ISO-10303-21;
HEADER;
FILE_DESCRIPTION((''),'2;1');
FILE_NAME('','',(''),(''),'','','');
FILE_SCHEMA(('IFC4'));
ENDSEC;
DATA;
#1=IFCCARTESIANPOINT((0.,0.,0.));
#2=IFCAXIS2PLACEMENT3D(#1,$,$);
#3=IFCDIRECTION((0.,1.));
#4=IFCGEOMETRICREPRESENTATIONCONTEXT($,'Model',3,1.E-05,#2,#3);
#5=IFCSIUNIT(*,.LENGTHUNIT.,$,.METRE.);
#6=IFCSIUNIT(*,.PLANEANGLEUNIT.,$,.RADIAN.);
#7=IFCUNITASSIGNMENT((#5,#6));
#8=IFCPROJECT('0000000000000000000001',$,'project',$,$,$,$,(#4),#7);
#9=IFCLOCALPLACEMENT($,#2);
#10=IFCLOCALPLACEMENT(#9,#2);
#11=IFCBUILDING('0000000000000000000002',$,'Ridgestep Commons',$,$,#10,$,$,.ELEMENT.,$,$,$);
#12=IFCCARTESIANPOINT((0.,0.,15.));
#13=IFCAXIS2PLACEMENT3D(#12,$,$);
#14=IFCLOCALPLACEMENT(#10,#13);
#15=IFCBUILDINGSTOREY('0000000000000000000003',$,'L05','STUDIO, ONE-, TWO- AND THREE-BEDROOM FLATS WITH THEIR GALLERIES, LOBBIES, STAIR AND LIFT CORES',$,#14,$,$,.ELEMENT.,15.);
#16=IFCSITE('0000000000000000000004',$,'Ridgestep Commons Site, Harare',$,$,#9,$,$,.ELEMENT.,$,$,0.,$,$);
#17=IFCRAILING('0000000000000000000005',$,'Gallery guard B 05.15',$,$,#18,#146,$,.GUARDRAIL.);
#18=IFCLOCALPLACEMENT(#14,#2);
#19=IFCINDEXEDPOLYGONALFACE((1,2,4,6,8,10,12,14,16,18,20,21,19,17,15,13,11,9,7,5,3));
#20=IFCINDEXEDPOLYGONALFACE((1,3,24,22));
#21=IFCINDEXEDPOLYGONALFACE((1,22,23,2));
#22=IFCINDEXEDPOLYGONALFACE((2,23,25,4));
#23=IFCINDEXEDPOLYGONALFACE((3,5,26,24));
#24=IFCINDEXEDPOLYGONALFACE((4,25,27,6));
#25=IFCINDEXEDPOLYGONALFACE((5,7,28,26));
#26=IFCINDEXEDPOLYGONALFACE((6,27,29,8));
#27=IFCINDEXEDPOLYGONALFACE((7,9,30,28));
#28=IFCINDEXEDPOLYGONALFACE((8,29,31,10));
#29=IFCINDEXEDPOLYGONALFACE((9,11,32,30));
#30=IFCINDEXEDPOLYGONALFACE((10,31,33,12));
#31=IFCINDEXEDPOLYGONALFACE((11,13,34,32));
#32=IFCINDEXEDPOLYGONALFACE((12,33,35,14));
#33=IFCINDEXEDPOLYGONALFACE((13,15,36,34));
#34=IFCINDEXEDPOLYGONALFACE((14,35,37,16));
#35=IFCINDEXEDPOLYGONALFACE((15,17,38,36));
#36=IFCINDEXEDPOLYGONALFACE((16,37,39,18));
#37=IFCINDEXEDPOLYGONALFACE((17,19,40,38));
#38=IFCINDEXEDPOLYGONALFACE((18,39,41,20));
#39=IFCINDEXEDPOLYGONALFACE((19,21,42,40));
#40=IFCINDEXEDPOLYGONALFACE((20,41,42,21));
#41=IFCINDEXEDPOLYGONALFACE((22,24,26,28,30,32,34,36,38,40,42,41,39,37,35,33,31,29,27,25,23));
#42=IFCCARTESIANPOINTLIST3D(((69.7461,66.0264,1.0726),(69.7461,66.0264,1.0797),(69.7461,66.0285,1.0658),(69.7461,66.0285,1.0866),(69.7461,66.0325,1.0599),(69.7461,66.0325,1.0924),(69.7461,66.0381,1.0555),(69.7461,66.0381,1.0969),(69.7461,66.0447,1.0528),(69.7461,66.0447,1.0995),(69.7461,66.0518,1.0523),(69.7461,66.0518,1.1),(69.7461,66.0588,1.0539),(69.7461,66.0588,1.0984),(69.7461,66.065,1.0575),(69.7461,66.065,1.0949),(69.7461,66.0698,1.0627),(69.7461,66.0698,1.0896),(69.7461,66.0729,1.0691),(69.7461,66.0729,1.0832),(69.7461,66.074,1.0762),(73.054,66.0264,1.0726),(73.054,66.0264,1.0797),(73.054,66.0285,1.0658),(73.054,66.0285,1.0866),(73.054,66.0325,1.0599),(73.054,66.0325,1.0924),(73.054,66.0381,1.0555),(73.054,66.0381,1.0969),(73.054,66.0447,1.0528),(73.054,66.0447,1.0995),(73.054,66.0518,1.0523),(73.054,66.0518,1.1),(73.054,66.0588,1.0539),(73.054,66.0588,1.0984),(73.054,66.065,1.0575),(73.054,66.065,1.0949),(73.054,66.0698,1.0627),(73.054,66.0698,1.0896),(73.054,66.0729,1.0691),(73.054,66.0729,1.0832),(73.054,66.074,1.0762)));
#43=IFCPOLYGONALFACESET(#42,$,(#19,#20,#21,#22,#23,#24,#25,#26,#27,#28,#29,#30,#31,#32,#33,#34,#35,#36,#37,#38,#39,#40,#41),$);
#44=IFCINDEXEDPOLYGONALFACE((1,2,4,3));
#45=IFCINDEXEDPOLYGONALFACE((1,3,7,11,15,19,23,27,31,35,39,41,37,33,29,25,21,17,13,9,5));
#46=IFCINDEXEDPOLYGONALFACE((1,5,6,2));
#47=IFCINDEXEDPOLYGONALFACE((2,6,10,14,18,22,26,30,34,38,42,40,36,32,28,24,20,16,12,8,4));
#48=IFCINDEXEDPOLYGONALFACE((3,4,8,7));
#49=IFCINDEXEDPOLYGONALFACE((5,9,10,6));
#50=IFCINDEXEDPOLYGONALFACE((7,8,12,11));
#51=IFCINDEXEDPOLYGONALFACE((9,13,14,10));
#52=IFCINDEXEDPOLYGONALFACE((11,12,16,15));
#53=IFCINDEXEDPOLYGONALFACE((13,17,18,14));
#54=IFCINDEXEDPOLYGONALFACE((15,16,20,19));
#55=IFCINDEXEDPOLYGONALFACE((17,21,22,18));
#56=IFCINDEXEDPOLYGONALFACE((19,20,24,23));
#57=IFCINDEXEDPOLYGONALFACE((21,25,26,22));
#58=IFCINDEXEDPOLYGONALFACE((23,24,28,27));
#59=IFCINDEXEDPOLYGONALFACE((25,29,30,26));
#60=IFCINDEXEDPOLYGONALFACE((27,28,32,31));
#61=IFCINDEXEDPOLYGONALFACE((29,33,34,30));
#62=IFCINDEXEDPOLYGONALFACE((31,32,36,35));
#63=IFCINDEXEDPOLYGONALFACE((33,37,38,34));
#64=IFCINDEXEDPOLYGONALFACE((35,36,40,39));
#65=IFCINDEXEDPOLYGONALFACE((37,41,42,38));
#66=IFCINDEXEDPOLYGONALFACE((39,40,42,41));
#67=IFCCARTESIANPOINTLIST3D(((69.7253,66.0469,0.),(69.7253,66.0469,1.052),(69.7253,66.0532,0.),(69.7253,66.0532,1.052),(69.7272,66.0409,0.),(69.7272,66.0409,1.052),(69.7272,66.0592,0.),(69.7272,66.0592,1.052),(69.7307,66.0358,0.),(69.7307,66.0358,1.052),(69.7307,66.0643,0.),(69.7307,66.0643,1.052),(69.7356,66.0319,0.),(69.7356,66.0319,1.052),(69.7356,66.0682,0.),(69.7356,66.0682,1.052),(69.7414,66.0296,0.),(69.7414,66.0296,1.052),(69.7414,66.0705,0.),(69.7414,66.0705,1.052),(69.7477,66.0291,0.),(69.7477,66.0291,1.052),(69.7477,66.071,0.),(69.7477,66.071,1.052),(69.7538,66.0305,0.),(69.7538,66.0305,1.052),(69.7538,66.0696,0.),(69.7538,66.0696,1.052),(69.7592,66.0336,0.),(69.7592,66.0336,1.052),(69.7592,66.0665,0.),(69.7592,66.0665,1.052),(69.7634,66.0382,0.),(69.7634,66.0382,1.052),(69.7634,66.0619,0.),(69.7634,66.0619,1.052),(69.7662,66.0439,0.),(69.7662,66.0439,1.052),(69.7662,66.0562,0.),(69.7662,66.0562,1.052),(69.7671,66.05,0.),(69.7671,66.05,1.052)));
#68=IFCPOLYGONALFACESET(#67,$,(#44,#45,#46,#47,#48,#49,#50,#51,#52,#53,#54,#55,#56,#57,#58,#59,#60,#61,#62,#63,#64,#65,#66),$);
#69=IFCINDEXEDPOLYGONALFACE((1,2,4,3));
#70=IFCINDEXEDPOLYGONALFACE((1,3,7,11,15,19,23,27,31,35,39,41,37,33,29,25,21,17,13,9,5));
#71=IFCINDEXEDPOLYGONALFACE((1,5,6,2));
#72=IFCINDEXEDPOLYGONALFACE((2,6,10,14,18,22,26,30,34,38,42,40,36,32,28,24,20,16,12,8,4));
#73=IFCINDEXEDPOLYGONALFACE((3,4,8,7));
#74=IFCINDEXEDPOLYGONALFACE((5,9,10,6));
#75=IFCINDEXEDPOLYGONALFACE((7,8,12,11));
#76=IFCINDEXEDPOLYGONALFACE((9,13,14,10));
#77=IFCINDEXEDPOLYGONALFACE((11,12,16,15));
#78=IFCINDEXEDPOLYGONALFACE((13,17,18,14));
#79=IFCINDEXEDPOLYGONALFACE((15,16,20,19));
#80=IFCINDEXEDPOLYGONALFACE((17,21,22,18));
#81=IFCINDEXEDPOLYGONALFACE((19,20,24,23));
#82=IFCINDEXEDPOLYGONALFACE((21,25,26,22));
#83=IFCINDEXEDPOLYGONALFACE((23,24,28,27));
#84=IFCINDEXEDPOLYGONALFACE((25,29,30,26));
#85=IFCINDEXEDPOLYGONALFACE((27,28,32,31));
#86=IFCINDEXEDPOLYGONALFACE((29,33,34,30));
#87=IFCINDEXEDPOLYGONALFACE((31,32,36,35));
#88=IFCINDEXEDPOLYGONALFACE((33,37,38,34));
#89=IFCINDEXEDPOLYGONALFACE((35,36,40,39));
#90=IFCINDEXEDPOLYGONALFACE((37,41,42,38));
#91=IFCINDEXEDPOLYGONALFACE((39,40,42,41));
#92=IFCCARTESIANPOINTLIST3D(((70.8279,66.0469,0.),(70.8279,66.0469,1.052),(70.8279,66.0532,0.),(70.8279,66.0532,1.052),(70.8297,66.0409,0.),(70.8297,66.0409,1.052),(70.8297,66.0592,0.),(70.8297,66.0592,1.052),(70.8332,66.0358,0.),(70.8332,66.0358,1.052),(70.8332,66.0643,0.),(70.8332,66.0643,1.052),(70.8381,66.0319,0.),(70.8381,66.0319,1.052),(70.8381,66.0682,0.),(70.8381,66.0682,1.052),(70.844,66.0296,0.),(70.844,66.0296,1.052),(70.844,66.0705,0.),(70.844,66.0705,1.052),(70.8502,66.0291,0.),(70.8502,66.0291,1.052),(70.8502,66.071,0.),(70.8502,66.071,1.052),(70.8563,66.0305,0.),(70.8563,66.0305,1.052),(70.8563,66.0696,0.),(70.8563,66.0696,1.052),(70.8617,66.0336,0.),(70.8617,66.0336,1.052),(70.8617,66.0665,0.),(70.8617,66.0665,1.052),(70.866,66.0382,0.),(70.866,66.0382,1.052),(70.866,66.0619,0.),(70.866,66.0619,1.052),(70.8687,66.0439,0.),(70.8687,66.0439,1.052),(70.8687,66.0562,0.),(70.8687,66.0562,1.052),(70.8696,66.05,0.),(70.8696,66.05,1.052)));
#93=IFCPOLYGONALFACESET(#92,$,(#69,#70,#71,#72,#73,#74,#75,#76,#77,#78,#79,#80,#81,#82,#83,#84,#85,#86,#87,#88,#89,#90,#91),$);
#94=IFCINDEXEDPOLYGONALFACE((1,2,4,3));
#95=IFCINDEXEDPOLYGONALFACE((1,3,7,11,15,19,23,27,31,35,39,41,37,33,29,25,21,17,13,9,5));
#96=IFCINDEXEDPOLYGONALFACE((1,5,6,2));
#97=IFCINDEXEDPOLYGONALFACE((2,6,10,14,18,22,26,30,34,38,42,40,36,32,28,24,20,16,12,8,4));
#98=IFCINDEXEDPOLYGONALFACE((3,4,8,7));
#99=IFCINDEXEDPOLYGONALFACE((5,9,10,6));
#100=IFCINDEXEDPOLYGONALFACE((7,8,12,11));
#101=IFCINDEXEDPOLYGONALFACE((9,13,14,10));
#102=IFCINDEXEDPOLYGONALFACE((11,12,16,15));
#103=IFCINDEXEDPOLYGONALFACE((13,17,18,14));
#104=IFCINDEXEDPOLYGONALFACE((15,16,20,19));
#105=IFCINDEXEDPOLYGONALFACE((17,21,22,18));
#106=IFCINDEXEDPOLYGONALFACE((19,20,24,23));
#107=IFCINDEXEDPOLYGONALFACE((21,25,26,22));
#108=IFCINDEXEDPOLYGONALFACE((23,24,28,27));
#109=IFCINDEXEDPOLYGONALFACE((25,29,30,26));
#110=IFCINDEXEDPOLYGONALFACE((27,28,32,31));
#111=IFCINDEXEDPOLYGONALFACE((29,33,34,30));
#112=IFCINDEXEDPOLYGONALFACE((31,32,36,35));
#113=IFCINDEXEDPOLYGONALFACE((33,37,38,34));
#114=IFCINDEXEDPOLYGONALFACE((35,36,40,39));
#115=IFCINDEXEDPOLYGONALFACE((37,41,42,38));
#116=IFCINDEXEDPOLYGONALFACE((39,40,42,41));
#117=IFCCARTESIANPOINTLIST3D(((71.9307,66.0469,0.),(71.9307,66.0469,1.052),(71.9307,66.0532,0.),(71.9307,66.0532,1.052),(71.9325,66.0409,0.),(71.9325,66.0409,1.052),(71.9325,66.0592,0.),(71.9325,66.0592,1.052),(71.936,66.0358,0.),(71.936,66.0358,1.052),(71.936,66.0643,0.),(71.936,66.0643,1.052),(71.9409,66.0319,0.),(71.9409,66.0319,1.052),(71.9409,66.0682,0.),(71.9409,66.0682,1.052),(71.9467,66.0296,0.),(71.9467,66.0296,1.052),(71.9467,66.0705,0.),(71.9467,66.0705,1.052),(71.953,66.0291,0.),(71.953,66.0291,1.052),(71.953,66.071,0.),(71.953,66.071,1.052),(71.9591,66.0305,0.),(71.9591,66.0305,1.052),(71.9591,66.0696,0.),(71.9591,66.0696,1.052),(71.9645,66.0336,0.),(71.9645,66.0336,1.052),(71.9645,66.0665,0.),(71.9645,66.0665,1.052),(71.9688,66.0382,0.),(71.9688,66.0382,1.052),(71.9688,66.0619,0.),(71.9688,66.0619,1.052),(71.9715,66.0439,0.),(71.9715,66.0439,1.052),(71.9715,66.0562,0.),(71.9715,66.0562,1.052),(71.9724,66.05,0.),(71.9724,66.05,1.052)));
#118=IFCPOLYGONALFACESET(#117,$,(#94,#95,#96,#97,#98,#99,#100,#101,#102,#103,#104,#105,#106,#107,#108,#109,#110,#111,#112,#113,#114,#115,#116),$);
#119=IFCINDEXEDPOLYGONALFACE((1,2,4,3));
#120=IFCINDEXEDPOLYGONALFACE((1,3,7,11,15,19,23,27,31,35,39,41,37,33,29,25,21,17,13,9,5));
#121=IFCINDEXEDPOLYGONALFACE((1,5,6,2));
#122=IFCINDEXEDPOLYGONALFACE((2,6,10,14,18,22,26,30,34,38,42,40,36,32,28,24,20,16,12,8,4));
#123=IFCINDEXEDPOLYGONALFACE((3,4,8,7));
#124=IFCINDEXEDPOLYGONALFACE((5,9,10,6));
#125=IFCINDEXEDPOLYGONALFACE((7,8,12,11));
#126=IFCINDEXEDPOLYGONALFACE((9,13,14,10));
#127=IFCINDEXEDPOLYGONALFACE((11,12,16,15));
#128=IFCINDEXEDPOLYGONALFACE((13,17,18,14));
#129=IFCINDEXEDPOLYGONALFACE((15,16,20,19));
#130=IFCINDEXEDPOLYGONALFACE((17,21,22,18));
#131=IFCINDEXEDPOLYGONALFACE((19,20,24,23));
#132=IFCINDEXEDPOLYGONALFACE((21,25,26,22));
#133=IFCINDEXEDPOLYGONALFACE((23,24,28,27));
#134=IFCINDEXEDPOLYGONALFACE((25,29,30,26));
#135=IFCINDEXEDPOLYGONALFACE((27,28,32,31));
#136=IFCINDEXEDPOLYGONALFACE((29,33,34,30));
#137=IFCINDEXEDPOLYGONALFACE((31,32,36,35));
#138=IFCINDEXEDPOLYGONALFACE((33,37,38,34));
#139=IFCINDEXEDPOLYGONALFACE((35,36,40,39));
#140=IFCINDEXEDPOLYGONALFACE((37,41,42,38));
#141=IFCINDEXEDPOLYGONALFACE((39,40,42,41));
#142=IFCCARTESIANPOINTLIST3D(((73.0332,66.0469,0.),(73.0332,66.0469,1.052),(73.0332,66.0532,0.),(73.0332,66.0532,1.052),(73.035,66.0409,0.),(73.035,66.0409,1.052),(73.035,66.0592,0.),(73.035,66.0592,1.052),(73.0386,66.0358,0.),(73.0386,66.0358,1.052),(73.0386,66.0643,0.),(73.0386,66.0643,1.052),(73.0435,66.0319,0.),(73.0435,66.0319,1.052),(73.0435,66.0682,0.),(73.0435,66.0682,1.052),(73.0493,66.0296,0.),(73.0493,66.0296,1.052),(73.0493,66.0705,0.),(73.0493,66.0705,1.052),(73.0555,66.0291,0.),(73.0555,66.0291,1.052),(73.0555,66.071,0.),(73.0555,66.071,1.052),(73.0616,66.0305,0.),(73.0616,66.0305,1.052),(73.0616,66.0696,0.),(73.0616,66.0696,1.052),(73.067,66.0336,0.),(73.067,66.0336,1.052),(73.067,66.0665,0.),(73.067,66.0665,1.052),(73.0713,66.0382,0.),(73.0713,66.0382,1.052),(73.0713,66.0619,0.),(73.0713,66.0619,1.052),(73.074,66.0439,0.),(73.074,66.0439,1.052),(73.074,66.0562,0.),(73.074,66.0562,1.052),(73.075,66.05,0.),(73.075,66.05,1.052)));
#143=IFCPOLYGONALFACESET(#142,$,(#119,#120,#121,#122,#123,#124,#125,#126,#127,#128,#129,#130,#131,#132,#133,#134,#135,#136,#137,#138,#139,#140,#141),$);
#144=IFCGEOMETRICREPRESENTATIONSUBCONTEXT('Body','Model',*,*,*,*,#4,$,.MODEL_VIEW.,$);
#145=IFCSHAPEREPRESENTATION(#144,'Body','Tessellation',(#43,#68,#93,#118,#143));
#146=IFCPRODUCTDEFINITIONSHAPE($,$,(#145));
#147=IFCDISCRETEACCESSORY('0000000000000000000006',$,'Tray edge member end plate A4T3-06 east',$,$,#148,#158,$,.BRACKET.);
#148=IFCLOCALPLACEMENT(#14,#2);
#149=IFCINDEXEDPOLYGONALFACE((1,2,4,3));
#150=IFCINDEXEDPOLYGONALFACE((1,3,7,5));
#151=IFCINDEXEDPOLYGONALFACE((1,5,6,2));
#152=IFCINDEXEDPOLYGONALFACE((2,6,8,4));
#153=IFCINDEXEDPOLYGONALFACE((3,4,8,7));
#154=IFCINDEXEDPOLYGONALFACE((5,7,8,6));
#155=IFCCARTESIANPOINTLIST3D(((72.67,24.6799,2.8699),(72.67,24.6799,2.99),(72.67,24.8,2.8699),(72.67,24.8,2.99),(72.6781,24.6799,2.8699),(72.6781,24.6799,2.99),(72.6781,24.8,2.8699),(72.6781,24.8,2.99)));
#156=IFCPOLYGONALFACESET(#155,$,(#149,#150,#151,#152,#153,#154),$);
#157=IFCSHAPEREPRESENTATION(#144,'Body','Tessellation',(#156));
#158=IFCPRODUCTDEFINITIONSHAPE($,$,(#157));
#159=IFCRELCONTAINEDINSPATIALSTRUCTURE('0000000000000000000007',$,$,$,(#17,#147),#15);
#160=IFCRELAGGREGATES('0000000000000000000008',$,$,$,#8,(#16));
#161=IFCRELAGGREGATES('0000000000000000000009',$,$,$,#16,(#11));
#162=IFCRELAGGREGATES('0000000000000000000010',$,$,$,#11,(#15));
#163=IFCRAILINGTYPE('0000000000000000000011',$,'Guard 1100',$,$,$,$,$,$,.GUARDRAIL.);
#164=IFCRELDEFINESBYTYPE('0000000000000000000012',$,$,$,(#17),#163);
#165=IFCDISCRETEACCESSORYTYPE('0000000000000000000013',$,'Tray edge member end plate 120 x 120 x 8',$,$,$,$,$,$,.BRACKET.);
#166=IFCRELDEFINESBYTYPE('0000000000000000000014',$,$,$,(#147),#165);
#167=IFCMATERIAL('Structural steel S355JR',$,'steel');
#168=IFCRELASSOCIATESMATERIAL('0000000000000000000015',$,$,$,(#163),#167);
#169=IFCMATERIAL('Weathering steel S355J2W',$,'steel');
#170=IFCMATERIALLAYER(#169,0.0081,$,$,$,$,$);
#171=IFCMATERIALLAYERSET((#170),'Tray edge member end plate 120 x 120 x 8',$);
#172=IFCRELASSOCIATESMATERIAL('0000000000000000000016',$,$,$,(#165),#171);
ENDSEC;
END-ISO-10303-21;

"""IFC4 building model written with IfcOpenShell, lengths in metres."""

from ifc_helpers import new_model, si_unit, direction, frame, origin, origin_2d, place, context, subcontext, project, spatial, rectangle, circle, extrude, material, layer, layer_set, type_object, element, save


model = new_model("IFC4")

# Units and contexts
model_context = context("Model", 3, precision=1e-05, world=origin(), true_north=direction((0.0, 1.0)))
body_context = subcontext(model_context, "Body", "Model", "MODEL_VIEW")
ifc_project = project(units=[si_unit("LENGTHUNIT", "METRE"), si_unit("PLANEANGLEUNIT", "RADIAN")], contexts=[model_context])

# Site, building, storey
site_placement = place(None, origin())
site = spatial("IfcSite", under=ifc_project, at=site_placement, Name="Ridgestep Commons Site, Harare", CompositionType="ELEMENT", RefElevation=0.0)
building_placement = place(site_placement, origin())
building = spatial("IfcBuilding", under=site, at=building_placement, Name="Ridgestep Commons", CompositionType="ELEMENT")
storey_placement = place(building_placement, frame((0.0, 0.0, 15.0)))
storey = spatial("IfcBuildingStorey", under=building, at=storey_placement, Name="L05", Description="STUDIO, ONE-, TWO- AND THREE-BEDROOM FLATS WITH THEIR GALLERIES, LOBBIES, STAIR AND LIFT CORES", CompositionType="ELEMENT", Elevation=15.0)

# Railing
ifc_material_1 = material(Name="Structural steel S355JR", Category="steel")
railing_type = type_object("IfcRailingType", Name="Guard 1100", PredefinedType="GUARDRAIL", material=ifc_material_1)
railing_1_placement = place(storey_placement, frame((69.7461, 66.05, 0.0)))
element("IfcRailing", 1, at=railing_1_placement, inside=storey, type_object=railing_type, Name="Gallery guard B 05.15", PredefinedType="GUARDRAIL", context=body_context, shape_type="SweptSolid", body=[
    extrude(circle(Radius=0.0239, at=origin_2d()), frame((0.0, 0.0, 1.0762), z_axis=(1.0, 0.0, 0.0), x_axis=(0.0, 1.0, 0.0)), (0.0, 0.0, 1.0), 3.3079),
    extrude(circle(Radius=0.021, at=origin_2d()), origin(), (0.0, 0.0, 1.0), 1.052),
    extrude(circle(Radius=0.021, at=origin_2d()), frame((1.1025, 0.0, 0.0)), (0.0, 0.0, 1.0), 1.052),
    extrude(circle(Radius=0.021, at=origin_2d()), frame((2.2053, 0.0, 0.0)), (0.0, 0.0, 1.0), 1.052),
    extrude(circle(Radius=0.021, at=origin_2d()), frame((3.3079, 0.0, 0.0)), (0.0, 0.0, 1.0), 1.052),
])

# Discrete accessory
ifc_material_2 = material(Name="Weathering steel S355J2W", Category="steel")
ifc_layer_1 = layer(ifc_material_2, 0.0081)
ifc_layer_set_1 = layer_set([ifc_layer_1], Name="Tray edge member end plate 120 x 120 x 8")
discrete_accessory_type = type_object("IfcDiscreteAccessoryType", Name="Tray edge member end plate 120 x 120 x 8", PredefinedType="BRACKET", material=ifc_layer_set_1)
discrete_accessory_placement = place(storey_placement, frame((72.6741, 24.74, 2.8699), z_axis=(0.0, 0.0, 1.0), x_axis=(1.0, 0.0, 0.0)))
element("IfcDiscreteAccessory", 2, at=discrete_accessory_placement, inside=storey, type_object=discrete_accessory_type, Name="Tray edge member end plate A4T3-06 east", PredefinedType="BRACKET", context=body_context, shape_type="SweptSolid", body=[
    extrude(rectangle(XDim=0.0081, YDim=0.1201, at=origin_2d()), origin(), (0.0, 0.0, 1.0), 0.1201),
])

save(model, "model.ifc")
